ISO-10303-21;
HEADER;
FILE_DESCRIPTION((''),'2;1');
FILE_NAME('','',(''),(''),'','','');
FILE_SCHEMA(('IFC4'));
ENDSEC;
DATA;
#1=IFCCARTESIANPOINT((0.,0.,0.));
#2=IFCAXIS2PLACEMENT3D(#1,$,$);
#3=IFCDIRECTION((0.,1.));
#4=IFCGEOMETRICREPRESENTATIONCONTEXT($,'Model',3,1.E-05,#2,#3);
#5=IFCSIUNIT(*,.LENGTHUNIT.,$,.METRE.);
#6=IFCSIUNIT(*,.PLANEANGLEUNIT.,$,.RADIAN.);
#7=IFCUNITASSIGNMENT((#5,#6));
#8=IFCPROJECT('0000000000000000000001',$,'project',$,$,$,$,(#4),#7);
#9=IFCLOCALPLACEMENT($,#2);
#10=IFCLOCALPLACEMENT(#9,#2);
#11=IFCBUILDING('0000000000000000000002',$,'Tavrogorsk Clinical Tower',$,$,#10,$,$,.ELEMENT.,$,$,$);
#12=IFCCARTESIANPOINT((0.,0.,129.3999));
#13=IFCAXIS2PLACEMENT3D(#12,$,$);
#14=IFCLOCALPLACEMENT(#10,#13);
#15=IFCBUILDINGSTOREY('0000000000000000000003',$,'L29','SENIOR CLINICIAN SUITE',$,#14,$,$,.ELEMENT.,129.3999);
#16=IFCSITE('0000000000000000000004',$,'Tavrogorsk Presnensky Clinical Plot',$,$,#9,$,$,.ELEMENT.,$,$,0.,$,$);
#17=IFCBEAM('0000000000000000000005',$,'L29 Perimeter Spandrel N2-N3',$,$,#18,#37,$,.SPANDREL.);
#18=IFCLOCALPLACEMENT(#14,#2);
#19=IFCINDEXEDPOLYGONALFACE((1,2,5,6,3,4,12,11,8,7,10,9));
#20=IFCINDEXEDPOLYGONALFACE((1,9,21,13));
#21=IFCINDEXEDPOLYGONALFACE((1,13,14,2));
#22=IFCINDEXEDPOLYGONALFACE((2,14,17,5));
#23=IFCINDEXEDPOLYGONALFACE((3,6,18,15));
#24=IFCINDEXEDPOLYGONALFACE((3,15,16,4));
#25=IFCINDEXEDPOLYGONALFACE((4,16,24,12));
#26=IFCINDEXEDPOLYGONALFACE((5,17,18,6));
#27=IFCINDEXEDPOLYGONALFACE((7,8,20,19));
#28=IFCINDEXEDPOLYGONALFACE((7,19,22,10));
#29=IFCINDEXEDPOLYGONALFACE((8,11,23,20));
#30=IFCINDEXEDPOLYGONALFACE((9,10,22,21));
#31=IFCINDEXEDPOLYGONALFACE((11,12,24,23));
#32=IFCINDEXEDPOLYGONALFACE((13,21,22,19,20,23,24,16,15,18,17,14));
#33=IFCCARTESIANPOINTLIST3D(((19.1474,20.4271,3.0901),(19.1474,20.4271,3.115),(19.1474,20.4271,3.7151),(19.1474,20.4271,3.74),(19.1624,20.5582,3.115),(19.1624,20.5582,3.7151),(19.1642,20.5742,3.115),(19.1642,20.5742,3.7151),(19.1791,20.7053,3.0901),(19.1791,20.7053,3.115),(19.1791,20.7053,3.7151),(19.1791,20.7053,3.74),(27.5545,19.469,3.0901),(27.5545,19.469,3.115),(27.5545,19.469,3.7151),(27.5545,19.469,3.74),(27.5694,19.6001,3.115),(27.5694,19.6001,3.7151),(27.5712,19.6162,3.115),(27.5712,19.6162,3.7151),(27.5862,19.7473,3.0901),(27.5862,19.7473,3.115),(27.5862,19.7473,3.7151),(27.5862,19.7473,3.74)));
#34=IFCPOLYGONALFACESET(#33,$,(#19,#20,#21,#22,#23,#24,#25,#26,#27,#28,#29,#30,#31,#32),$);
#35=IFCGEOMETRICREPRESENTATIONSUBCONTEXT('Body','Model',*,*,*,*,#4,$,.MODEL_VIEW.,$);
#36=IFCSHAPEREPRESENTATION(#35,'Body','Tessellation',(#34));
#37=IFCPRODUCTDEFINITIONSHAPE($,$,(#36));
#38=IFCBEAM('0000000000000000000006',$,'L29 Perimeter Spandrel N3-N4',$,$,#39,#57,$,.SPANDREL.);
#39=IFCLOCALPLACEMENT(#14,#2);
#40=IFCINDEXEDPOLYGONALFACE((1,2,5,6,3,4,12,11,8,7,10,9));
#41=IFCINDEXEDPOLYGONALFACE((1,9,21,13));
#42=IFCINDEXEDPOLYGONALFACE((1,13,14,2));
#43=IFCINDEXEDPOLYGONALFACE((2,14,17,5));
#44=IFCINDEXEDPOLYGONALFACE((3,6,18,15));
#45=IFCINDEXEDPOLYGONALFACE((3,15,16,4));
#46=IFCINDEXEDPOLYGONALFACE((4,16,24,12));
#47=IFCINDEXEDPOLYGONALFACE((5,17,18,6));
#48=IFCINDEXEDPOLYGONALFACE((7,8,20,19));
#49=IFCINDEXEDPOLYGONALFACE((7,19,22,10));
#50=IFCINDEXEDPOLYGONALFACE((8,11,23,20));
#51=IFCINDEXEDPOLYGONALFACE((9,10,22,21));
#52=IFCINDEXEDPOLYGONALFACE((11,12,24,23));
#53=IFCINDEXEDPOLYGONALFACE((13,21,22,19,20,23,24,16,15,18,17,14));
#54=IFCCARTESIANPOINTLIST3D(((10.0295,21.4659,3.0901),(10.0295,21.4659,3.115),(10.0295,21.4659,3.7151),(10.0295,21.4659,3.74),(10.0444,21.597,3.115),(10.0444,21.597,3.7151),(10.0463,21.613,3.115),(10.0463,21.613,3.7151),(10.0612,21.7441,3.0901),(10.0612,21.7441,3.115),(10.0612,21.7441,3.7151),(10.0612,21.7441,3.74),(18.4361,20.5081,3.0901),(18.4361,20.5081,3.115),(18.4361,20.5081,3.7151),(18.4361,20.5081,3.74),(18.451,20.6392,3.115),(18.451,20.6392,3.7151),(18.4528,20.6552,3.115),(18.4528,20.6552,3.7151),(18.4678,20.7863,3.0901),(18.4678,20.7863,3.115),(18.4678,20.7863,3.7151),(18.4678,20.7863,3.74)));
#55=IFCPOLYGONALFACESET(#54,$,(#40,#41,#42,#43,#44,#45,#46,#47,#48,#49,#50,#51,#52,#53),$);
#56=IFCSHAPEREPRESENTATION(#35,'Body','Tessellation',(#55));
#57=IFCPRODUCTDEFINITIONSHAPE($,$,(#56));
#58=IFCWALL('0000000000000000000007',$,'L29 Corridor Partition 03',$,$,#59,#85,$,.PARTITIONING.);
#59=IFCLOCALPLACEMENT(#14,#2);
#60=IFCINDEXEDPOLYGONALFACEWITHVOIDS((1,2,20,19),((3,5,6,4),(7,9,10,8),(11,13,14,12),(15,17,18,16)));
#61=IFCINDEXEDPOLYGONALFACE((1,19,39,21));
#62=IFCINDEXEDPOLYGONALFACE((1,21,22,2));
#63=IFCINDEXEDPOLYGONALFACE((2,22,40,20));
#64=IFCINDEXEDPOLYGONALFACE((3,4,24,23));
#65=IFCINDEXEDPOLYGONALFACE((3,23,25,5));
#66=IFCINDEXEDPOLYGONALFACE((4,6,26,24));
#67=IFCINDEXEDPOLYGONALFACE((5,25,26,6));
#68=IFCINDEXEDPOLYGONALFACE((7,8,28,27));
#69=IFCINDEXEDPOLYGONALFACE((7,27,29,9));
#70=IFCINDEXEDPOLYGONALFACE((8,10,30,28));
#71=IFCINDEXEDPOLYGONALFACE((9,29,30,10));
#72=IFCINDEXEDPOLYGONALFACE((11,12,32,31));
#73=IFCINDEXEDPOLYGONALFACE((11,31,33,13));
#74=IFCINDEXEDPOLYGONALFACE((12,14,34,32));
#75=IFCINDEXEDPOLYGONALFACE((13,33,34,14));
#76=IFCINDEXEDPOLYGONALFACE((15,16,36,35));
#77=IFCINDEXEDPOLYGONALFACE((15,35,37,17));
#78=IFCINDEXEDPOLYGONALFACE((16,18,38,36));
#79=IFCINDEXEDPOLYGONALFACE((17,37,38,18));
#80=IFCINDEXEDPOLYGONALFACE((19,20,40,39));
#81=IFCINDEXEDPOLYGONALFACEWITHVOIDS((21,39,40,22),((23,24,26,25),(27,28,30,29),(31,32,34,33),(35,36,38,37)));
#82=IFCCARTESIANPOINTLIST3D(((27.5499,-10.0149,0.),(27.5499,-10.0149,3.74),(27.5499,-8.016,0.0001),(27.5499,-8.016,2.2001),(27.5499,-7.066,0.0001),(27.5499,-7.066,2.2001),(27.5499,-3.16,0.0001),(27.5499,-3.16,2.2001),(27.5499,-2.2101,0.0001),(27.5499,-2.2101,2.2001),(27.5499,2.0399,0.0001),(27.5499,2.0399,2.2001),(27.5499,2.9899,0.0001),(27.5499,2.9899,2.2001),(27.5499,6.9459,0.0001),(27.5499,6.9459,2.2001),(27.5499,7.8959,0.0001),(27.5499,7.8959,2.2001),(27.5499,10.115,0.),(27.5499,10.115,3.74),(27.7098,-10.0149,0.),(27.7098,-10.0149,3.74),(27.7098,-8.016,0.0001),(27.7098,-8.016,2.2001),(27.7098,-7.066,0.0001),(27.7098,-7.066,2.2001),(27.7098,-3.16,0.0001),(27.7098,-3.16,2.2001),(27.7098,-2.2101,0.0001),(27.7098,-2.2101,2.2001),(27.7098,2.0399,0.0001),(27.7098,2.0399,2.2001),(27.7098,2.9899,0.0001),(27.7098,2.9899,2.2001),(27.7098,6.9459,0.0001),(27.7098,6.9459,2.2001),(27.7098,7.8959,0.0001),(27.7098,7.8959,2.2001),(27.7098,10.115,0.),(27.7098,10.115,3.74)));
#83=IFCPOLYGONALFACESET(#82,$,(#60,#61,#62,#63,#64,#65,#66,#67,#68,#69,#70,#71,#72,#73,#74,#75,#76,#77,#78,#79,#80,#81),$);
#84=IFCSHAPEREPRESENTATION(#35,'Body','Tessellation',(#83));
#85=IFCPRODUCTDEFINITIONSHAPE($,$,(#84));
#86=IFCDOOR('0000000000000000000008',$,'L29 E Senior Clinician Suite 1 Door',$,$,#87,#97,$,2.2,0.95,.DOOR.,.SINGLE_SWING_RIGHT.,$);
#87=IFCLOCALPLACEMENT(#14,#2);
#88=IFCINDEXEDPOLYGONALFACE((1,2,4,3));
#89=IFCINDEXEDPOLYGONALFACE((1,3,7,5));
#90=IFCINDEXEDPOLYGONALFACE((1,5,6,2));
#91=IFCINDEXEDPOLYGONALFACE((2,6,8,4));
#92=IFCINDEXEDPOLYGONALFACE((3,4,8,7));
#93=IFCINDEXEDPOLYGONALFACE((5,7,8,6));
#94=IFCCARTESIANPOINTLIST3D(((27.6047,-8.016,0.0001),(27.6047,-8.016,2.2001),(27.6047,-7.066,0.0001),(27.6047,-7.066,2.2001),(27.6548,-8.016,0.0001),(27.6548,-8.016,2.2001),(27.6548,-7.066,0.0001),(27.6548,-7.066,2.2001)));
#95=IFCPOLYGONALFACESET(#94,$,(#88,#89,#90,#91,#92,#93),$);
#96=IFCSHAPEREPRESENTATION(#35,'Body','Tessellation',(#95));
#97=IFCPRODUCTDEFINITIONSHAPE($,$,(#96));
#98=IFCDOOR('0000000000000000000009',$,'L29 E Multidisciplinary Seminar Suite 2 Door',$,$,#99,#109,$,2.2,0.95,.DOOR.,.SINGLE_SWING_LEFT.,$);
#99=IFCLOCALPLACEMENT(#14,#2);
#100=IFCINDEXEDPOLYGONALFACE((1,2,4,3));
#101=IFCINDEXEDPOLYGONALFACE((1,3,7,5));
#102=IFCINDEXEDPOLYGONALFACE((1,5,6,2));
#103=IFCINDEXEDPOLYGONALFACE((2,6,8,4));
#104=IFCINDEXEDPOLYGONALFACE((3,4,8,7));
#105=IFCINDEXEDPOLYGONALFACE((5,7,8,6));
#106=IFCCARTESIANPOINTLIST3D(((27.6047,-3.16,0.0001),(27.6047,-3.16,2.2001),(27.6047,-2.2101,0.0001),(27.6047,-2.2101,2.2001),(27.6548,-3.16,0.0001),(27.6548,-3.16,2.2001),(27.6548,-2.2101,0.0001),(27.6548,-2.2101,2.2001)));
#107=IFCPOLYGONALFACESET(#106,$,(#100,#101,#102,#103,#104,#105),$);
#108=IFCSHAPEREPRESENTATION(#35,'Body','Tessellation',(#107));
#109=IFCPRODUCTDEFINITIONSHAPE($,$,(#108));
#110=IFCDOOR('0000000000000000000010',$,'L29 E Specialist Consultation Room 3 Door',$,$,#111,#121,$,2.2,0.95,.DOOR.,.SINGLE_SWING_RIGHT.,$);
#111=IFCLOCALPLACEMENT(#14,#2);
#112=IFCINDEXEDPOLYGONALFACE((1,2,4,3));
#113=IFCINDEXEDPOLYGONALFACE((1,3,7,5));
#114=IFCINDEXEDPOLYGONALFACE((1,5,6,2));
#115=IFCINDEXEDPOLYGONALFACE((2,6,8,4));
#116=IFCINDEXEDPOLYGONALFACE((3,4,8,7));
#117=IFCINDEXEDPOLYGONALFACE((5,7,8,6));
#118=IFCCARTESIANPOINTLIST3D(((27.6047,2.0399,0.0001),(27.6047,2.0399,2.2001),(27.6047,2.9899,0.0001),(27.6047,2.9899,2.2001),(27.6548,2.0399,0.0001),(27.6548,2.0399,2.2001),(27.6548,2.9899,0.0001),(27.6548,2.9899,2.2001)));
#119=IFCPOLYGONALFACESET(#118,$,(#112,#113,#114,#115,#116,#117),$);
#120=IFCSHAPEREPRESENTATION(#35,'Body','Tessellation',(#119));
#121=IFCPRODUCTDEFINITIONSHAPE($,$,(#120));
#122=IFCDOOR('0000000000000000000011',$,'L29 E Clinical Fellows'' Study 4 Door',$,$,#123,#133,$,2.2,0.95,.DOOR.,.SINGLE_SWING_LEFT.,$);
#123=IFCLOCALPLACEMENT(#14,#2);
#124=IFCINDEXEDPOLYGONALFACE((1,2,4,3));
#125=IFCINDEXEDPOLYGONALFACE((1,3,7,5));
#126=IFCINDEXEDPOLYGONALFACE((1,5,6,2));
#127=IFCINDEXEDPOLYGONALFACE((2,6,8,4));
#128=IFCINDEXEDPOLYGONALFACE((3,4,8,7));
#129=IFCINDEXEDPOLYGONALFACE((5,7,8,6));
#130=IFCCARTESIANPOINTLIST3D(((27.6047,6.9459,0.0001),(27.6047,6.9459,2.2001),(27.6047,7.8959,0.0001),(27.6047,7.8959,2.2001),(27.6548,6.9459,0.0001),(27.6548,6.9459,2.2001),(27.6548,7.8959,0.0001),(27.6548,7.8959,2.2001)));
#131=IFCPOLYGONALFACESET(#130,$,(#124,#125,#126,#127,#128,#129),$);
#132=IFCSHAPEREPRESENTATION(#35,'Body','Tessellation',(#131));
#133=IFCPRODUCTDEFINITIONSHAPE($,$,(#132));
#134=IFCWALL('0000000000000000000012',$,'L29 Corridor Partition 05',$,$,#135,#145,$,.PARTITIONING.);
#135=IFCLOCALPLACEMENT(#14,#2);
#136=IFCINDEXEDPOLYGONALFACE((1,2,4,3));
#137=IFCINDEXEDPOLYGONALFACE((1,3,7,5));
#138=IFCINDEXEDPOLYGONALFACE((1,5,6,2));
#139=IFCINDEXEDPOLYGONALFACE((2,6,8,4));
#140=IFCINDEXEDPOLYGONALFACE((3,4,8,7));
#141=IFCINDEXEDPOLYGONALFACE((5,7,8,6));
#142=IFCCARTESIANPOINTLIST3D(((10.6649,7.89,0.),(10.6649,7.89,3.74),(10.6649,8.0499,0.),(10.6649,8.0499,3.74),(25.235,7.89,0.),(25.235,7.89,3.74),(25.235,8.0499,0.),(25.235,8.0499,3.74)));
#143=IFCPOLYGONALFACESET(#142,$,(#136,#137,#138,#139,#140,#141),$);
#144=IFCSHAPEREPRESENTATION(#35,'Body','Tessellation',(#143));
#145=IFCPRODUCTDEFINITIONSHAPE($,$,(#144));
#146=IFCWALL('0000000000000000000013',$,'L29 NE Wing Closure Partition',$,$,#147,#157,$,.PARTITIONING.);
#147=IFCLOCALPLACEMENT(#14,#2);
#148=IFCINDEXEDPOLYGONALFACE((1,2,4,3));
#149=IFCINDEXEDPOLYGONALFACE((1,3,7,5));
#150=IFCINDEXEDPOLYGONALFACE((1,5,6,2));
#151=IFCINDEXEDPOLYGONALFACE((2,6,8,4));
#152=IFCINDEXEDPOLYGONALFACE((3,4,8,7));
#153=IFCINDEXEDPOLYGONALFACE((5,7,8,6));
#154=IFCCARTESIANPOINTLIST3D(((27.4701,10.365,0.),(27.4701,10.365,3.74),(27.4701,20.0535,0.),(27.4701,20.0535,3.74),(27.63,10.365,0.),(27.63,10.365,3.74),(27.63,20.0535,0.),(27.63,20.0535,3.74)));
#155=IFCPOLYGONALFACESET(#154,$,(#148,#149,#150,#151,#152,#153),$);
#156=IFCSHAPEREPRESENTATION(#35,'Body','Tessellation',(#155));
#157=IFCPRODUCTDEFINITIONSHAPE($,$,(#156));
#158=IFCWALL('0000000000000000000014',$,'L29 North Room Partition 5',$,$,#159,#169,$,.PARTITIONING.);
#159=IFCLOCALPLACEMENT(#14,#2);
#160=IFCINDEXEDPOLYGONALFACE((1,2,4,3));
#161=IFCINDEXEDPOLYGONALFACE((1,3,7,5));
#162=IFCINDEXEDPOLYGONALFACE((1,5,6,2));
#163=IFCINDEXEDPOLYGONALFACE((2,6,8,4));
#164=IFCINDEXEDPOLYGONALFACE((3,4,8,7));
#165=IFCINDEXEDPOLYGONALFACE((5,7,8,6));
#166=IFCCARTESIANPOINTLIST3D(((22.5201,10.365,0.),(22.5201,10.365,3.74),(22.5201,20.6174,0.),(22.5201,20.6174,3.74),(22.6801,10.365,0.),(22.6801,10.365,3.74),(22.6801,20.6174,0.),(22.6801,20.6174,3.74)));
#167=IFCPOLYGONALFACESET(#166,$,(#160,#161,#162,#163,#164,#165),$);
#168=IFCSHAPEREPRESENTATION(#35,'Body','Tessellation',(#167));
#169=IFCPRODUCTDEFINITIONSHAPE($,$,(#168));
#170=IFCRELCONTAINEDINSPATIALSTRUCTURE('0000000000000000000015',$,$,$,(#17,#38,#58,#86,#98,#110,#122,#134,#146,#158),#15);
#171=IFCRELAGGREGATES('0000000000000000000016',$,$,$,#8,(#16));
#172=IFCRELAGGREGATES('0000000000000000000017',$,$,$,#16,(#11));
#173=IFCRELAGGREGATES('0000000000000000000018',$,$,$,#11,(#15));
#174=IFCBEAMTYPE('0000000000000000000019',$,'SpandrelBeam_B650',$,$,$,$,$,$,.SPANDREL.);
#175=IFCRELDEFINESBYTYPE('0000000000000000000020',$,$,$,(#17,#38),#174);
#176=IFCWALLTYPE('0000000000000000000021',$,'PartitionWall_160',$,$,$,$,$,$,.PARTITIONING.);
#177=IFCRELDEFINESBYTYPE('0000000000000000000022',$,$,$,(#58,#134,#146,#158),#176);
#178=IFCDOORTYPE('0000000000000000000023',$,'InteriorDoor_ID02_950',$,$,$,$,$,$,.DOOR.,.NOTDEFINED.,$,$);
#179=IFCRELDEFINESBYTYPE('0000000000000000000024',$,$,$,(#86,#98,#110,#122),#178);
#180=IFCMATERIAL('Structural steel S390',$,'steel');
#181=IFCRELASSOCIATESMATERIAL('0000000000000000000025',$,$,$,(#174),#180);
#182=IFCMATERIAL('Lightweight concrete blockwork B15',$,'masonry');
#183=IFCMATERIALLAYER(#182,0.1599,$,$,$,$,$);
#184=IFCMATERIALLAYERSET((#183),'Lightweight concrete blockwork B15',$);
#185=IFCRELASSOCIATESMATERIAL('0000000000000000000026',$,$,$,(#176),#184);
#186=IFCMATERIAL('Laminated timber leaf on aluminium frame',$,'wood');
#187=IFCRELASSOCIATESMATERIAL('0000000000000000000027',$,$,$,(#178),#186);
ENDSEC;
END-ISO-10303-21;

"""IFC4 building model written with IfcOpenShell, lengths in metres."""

from ifc_helpers import new_model, si_unit, direction, frame, frame_2d, origin, origin_2d, place, context, subcontext, project, spatial, rectangle, i_section, extrude, material, layer, layer_set, material_profile, profile_set, type_object, element, fill, save


model = new_model("IFC4")

# Units and contexts
model_context = context("Model", 3, precision=1e-05, world=origin(), true_north=direction((0.0, 1.0)))
body_context = subcontext(model_context, "Body", "Model", "MODEL_VIEW")
ifc_project = project(units=[si_unit("LENGTHUNIT", "METRE"), si_unit("PLANEANGLEUNIT", "RADIAN")], contexts=[model_context])

# Site, building, storey
site_placement = place(None, origin())
site = spatial("IfcSite", under=ifc_project, at=site_placement, Name="Tavrogorsk Presnensky Clinical Plot", CompositionType="ELEMENT", RefElevation=0.0)
building_placement = place(site_placement, origin())
building = spatial("IfcBuilding", under=site, at=building_placement, Name="Tavrogorsk Clinical Tower", CompositionType="ELEMENT")
storey_placement = place(building_placement, frame((0.0, 0.0, 129.3999)))
storey = spatial("IfcBuildingStorey", under=building, at=storey_placement, Name="L29", Description="SENIOR CLINICIAN SUITE", CompositionType="ELEMENT", Elevation=129.3999)

# Beams
ifc_material_1 = material(Name="Structural steel S390", Category="steel")
ifc_material_profile_1 = material_profile(ifc_material_1, i_section(OverallWidth=0.28, OverallDepth=0.6499, WebThickness=0.0161, FlangeThickness=0.0249, at=origin_2d()), Name="B-650x280x16x25")
ifc_profile_set_1 = profile_set([ifc_material_profile_1], Name="Structural steel S390")
beam_type_1 = type_object("IfcBeamType", Name="SpandrelBeam_B650", PredefinedType="SPANDREL", material=ifc_profile_set_1)
beam_1_placement = place(storey_placement, frame((27.5703, 19.6082, 3.415), z_axis=(-0.99357, 0.113221, 0.0), x_axis=(-0.113221, -0.99357, 0.0)))
element("IfcBeam", 1, at=beam_1_placement, inside=storey, type_object=beam_type_1, Name="L29 Perimeter Spandrel N2-N3", PredefinedType="SPANDREL", context=body_context, shape_type="SweptSolid", body=[
    extrude(i_section(OverallWidth=0.28, OverallDepth=0.6499, WebThickness=0.0161, FlangeThickness=0.0249, at=origin_2d()), origin(), (0.0, 0.0, 1.0), 8.4614),
])
beam_2_placement = place(storey_placement, frame((18.4519, 20.6472, 3.415), z_axis=(-0.993572, 0.113199, 0.0), x_axis=(-0.113199, -0.993572, 0.0)))
element("IfcBeam", 2, at=beam_2_placement, inside=storey, type_object=beam_type_1, Name="L29 Perimeter Spandrel N3-N4", PredefinedType="SPANDREL", context=body_context, shape_type="SweptSolid", body=[
    extrude(i_section(OverallWidth=0.28, OverallDepth=0.6499, WebThickness=0.0161, FlangeThickness=0.0249, at=origin_2d()), origin(), (0.0, 0.0, 1.0), 8.4609),
])

# Wall, openings, doors
ifc_material_2 = material(Name="Lightweight concrete blockwork B15", Category="masonry")
ifc_layer_1 = layer(ifc_material_2, 0.1599)
ifc_layer_set_1 = layer_set([ifc_layer_1], Name="Lightweight concrete blockwork B15")
wall_type_1 = type_object("IfcWallType", Name="PartitionWall_160", PredefinedType="PARTITIONING", material=ifc_layer_set_1)
wall_1_placement = place(storey_placement, frame((27.6299, 10.115, 0.0), z_axis=(0.0, 0.0, 1.0), x_axis=(0.0, -1.0, 0.0)))
wall_1 = element("IfcWall", 3, at=wall_1_placement, inside=storey, type_object=wall_type_1, Name="L29 Corridor Partition 03", PredefinedType="PARTITIONING", context=body_context, shape_type="SweptSolid", body=[
    extrude(rectangle(XDim=20.1299, YDim=0.1599, at=frame_2d((10.0649, 0.0))), origin(), (0.0, 0.0, 1.0), 3.74),
])
opening_1_placement = place(wall_1_placement, frame((17.1809, 0.0, 0.0)))
opening_1 = element("IfcOpeningElement", 4, at=opening_1_placement, cuts=wall_1, PredefinedType="OPENING", context=body_context, shape_type="SweptSolid", body=[
    extrude(rectangle(XDim=0.95, YDim=2.2, at=frame_2d((0.4751, 1.1001))), frame((0.0, 0.0898, 0.0), z_axis=(0.0, -1.0, 0.0), x_axis=(1.0, 0.0, 0.0)), (0.0, 0.0, 1.0), 0.1799),
])
opening_2_placement = place(wall_1_placement, frame((12.325, 0.0, 0.0)))
opening_2 = element("IfcOpeningElement", 5, at=opening_2_placement, cuts=wall_1, PredefinedType="OPENING", context=body_context, shape_type="SweptSolid", body=[
    extrude(rectangle(XDim=0.95, YDim=2.2, at=frame_2d((0.4751, 1.1001))), frame((0.0, 0.0898, 0.0), z_axis=(0.0, -1.0, 0.0), x_axis=(1.0, 0.0, 0.0)), (0.0, 0.0, 1.0), 0.1799),
])
opening_3_placement = place(wall_1_placement, frame((7.125, 0.0, 0.0)))
opening_3 = element("IfcOpeningElement", 6, at=opening_3_placement, cuts=wall_1, PredefinedType="OPENING", context=body_context, shape_type="SweptSolid", body=[
    extrude(rectangle(XDim=0.95, YDim=2.2, at=frame_2d((0.4751, 1.1001))), frame((0.0, 0.0898, 0.0), z_axis=(0.0, -1.0, 0.0), x_axis=(1.0, 0.0, 0.0)), (0.0, 0.0, 1.0), 0.1799),
])
opening_4_placement = place(wall_1_placement, frame((2.219, 0.0, 0.0)))
opening_4 = element("IfcOpeningElement", 7, at=opening_4_placement, cuts=wall_1, PredefinedType="OPENING", context=body_context, shape_type="SweptSolid", body=[
    extrude(rectangle(XDim=0.95, YDim=2.2, at=frame_2d((0.4751, 1.1001))), frame((0.0, 0.0898, 0.0), z_axis=(0.0, -1.0, 0.0), x_axis=(1.0, 0.0, 0.0)), (0.0, 0.0, 1.0), 0.1799),
])
ifc_material_3 = material(Name="Laminated timber leaf on aluminium frame", Category="wood")
door_type = type_object("IfcDoorType", Name="InteriorDoor_ID02_950", OperationType="NOTDEFINED", PredefinedType="DOOR", material=ifc_material_3)
door_1_placement = place(opening_1_placement, origin())
door_1 = element("IfcDoor", 8, at=door_1_placement, inside=storey, type_object=door_type, Name="L29 E Senior Clinician Suite 1 Door", OperationType="SINGLE_SWING_RIGHT", OverallHeight=2.2, OverallWidth=0.95, PredefinedType="DOOR", context=body_context, shape_type="SweptSolid", body=[
    extrude(rectangle(XDim=0.95, YDim=2.2, at=frame_2d((0.4751, 1.1001))), frame((0.0, 0.0249, 0.0), z_axis=(0.0, -1.0, 0.0), x_axis=(1.0, 0.0, 0.0)), (0.0, 0.0, 1.0), 0.05),
])
fill(opening_1, door_1)
door_2_placement = place(opening_2_placement, origin())
door_2 = element("IfcDoor", 9, at=door_2_placement, inside=storey, type_object=door_type, Name="L29 E Multidisciplinary Seminar Suite 2 Door", OperationType="SINGLE_SWING_LEFT", OverallHeight=2.2, OverallWidth=0.95, PredefinedType="DOOR", context=body_context, shape_type="SweptSolid", body=[
    extrude(rectangle(XDim=0.95, YDim=2.2, at=frame_2d((0.4751, 1.1001))), frame((0.0, 0.0249, 0.0), z_axis=(0.0, -1.0, 0.0), x_axis=(1.0, 0.0, 0.0)), (0.0, 0.0, 1.0), 0.05),
])
fill(opening_2, door_2)
door_3_placement = place(opening_3_placement, origin())
door_3 = element("IfcDoor", 10, at=door_3_placement, inside=storey, type_object=door_type, Name="L29 E Specialist Consultation Room 3 Door", OperationType="SINGLE_SWING_RIGHT", OverallHeight=2.2, OverallWidth=0.95, PredefinedType="DOOR", context=body_context, shape_type="SweptSolid", body=[
    extrude(rectangle(XDim=0.95, YDim=2.2, at=frame_2d((0.4751, 1.1001))), frame((0.0, 0.0249, 0.0), z_axis=(0.0, -1.0, 0.0), x_axis=(1.0, 0.0, 0.0)), (0.0, 0.0, 1.0), 0.05),
])
fill(opening_3, door_3)
door_4_placement = place(opening_4_placement, origin())
door_4 = element("IfcDoor", 11, at=door_4_placement, inside=storey, type_object=door_type, Name="L29 E Clinical Fellows' Study 4 Door", OperationType="SINGLE_SWING_LEFT", OverallHeight=2.2, OverallWidth=0.95, PredefinedType="DOOR", context=body_context, shape_type="SweptSolid", body=[
    extrude(rectangle(XDim=0.95, YDim=2.2, at=frame_2d((0.4751, 1.1001))), frame((0.0, 0.0249, 0.0), z_axis=(0.0, -1.0, 0.0), x_axis=(1.0, 0.0, 0.0)), (0.0, 0.0, 1.0), 0.05),
])
fill(opening_4, door_4)

# Walls
wall_2_placement = place(storey_placement, frame((25.2351, 7.97, 0.0), z_axis=(0.0, 0.0, 1.0), x_axis=(-1.0, 0.0, 0.0)))
element("IfcWall", 12, at=wall_2_placement, inside=storey, type_object=wall_type_1, Name="L29 Corridor Partition 05", PredefinedType="PARTITIONING", context=body_context, shape_type="SweptSolid", body=[
    extrude(rectangle(XDim=14.5701, YDim=0.1599, at=frame_2d((7.2852, 0.0))), origin(), (0.0, 0.0, 1.0), 3.74),
])
wall_3_placement = place(storey_placement, frame((27.55, 10.365, 0.0), z_axis=(0.0, 0.0, 1.0), x_axis=(0.0, 1.0, 0.0)))
element("IfcWall", 13, at=wall_3_placement, inside=storey, type_object=wall_type_1, Name="L29 NE Wing Closure Partition", PredefinedType="PARTITIONING", context=body_context, shape_type="SweptSolid", body=[
    extrude(rectangle(XDim=9.6885, YDim=0.1599, at=frame_2d((4.8442, 0.0))), origin(), (0.0, 0.0, 1.0), 3.74),
])
wall_4_placement = place(storey_placement, frame((22.6001, 10.365, 0.0), z_axis=(0.0, 0.0, 1.0), x_axis=(0.0, 1.0, 0.0)))
element("IfcWall", 14, at=wall_4_placement, inside=storey, type_object=wall_type_1, Name="L29 North Room Partition 5", PredefinedType="PARTITIONING", context=body_context, shape_type="SweptSolid", body=[
    extrude(rectangle(XDim=10.2524, YDim=0.1599, at=frame_2d((5.1262, 0.0))), origin(), (0.0, 0.0, 1.0), 3.74),
])

save(model, "model.ifc")
